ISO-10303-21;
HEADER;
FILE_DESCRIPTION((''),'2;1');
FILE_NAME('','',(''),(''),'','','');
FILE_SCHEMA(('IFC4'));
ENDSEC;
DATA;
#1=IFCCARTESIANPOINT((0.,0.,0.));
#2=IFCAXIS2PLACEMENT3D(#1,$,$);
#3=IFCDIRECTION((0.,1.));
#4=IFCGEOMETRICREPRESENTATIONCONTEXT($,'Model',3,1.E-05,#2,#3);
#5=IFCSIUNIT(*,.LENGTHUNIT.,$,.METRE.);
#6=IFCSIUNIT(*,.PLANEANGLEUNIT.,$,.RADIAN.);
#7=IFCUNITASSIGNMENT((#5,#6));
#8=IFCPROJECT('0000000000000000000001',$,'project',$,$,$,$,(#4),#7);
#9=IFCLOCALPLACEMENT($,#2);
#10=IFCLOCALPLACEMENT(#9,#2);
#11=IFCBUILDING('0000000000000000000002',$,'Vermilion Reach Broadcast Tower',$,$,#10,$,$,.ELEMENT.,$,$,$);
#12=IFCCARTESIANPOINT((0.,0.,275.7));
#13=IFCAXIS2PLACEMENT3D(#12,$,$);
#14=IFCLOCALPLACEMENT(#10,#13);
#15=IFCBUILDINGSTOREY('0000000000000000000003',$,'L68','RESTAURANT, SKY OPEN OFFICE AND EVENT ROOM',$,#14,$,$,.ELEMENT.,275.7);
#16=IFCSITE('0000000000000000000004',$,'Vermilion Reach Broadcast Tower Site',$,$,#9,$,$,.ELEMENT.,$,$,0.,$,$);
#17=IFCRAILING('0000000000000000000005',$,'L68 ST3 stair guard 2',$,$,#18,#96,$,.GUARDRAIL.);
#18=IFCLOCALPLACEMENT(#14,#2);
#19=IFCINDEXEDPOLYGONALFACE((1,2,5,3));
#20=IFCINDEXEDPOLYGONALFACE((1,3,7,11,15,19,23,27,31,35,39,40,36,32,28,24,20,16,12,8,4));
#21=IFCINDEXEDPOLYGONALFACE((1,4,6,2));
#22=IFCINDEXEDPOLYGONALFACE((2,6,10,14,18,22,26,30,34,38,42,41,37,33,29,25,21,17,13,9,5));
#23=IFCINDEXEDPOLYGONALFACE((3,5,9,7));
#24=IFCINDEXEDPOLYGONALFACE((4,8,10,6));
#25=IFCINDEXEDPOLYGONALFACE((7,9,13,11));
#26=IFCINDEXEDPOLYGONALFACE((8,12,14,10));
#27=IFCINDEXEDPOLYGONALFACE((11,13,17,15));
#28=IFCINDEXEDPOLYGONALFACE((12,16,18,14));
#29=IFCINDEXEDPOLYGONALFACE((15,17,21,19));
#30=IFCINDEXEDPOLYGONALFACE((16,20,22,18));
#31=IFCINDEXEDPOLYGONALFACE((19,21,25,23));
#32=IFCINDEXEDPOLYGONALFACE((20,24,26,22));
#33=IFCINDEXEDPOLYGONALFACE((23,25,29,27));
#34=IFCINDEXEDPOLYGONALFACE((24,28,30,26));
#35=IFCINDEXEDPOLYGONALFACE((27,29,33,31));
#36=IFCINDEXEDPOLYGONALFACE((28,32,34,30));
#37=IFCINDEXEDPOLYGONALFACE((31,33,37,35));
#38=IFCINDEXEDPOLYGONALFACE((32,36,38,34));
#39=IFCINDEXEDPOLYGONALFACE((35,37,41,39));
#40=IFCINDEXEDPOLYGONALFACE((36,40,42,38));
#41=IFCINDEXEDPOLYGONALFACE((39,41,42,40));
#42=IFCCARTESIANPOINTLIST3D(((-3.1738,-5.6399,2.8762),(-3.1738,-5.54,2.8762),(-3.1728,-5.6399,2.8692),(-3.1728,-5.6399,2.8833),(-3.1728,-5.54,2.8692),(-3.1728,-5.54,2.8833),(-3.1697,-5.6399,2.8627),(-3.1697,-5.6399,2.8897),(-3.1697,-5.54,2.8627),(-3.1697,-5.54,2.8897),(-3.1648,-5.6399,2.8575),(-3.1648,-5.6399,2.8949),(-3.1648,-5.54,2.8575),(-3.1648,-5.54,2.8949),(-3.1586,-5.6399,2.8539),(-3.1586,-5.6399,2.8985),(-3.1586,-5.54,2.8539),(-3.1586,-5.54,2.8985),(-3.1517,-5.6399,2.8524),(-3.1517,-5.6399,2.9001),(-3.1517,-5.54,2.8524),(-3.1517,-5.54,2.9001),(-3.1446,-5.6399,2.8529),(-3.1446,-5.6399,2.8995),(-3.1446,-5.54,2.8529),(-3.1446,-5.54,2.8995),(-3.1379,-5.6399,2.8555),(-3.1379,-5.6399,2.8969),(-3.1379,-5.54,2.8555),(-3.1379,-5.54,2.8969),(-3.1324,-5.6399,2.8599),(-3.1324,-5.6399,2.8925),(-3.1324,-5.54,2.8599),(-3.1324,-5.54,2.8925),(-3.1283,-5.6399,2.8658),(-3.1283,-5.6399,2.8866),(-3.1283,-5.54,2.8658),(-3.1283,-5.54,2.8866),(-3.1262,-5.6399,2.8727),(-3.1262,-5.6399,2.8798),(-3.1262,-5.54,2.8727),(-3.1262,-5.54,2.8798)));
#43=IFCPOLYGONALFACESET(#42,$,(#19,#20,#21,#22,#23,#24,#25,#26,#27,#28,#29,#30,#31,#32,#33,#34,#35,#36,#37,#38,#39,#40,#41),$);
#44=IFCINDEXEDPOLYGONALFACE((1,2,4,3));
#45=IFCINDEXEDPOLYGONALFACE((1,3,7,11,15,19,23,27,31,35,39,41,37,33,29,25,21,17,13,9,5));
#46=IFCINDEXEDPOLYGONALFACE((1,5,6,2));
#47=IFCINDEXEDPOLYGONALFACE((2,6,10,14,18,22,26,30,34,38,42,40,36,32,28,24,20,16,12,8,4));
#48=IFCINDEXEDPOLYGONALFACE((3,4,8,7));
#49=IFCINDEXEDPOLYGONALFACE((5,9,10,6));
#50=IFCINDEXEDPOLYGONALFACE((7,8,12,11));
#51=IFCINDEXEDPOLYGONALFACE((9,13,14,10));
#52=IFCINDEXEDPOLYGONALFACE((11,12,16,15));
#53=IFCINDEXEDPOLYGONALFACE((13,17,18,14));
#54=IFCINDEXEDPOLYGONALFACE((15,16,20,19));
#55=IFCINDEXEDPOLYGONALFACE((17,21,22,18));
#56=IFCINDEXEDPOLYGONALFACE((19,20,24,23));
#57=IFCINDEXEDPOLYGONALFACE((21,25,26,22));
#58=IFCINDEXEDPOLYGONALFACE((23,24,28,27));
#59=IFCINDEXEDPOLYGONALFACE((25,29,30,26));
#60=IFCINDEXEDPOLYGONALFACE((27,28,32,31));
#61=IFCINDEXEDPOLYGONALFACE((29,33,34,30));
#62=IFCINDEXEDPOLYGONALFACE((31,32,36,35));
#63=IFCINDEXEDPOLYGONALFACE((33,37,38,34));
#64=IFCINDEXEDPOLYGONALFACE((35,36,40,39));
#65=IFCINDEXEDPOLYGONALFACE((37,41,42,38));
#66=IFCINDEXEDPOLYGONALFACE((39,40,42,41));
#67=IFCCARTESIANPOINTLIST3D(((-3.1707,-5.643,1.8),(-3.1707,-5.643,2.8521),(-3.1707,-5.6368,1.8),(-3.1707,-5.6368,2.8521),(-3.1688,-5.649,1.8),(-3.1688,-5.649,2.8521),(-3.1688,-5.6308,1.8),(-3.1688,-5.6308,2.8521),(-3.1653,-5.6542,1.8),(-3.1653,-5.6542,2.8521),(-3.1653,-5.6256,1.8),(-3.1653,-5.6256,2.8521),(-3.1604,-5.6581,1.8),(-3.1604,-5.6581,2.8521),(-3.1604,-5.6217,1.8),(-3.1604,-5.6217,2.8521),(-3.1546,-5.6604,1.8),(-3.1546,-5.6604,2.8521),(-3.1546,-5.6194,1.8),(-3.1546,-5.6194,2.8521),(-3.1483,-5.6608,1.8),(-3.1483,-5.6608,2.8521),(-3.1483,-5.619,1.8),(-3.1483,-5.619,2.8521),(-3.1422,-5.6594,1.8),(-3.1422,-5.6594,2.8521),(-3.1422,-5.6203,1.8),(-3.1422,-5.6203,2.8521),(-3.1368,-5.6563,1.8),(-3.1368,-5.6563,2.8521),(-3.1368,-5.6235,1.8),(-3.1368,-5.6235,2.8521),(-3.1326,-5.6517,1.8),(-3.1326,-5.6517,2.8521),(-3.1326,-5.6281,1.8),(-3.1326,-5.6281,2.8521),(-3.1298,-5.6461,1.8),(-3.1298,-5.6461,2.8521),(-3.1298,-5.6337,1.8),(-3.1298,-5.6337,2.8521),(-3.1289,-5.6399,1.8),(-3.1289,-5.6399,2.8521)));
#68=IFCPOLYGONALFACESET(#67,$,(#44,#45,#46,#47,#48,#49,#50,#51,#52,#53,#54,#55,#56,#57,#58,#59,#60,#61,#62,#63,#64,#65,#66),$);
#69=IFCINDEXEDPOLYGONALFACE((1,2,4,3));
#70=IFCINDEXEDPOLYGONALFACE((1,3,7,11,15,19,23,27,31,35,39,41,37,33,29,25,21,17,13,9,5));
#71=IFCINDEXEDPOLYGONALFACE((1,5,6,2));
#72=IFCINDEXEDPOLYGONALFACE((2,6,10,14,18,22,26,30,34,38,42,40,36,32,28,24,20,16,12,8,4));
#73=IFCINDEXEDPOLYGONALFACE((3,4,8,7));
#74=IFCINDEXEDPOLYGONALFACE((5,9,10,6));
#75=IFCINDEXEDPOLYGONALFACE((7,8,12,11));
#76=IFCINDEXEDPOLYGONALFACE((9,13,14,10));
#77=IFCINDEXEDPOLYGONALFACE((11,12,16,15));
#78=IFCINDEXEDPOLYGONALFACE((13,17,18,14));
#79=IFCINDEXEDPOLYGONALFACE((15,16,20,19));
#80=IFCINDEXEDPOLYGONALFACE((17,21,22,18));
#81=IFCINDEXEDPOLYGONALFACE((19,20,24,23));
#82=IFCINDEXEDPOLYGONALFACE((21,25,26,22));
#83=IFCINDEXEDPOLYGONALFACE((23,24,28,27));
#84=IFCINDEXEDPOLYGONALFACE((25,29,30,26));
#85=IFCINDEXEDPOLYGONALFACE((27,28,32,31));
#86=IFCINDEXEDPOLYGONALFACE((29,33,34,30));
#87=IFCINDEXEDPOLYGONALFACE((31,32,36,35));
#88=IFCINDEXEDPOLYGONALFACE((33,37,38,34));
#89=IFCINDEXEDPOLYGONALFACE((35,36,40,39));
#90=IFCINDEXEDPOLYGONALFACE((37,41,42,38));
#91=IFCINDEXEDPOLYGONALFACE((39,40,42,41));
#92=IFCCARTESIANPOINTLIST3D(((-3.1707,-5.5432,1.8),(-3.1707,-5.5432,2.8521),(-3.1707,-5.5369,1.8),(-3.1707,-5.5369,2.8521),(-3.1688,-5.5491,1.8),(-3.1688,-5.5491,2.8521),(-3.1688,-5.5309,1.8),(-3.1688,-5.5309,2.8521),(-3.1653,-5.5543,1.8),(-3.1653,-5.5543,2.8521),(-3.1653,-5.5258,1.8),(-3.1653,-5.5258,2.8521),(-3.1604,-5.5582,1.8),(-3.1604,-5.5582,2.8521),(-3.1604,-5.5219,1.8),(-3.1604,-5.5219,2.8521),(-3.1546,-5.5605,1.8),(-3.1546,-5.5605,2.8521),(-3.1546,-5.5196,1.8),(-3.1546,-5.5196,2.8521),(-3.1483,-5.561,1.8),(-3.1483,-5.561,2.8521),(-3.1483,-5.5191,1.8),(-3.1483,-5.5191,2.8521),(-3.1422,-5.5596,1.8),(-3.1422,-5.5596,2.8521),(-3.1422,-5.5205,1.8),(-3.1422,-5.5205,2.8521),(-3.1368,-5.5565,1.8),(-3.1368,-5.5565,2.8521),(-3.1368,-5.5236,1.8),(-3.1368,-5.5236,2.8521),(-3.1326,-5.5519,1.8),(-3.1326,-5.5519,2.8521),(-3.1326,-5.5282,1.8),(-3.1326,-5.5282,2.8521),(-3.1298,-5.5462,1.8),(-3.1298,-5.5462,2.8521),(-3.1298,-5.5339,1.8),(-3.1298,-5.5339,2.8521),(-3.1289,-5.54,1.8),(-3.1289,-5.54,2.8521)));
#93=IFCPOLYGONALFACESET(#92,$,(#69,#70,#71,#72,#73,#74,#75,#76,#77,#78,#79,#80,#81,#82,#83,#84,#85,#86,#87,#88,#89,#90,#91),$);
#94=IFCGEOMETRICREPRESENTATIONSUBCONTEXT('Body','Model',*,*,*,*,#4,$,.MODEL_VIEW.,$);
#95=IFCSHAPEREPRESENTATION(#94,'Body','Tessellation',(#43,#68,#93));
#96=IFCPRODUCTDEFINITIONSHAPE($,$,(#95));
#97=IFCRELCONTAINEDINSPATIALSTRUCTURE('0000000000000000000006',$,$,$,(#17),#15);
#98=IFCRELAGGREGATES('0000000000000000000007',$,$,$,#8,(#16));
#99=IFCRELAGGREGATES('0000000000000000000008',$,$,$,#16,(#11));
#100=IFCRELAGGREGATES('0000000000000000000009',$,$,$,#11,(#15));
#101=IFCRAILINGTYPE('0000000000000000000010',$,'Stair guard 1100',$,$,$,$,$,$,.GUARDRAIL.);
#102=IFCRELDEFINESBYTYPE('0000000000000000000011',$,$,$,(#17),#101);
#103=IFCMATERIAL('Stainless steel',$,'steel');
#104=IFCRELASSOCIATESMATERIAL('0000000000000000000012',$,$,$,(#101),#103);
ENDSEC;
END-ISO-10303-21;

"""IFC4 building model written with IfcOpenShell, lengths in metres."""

from ifc_helpers import new_model, si_unit, direction, frame, origin, origin_2d, place, context, subcontext, project, spatial, circle, extrude, material, type_object, element, save


model = new_model("IFC4")

# Units and contexts
model_context = context("Model", 3, precision=1e-05, world=origin(), true_north=direction((0.0, 1.0)))
body_context = subcontext(model_context, "Body", "Model", "MODEL_VIEW")
ifc_project = project(units=[si_unit("LENGTHUNIT", "METRE"), si_unit("PLANEANGLEUNIT", "RADIAN")], contexts=[model_context])

# Site, building, storey
site_placement = place(None, origin())
site = spatial("IfcSite", under=ifc_project, at=site_placement, Name="Vermilion Reach Broadcast Tower Site", CompositionType="ELEMENT", RefElevation=0.0)
building_placement = place(site_placement, origin())
building = spatial("IfcBuilding", under=site, at=building_placement, Name="Vermilion Reach Broadcast Tower", CompositionType="ELEMENT")
storey_placement = place(building_placement, frame((0.0, 0.0, 275.7)))
storey = spatial("IfcBuildingStorey", under=building, at=storey_placement, Name="L68", Description="RESTAURANT, SKY OPEN OFFICE AND EVENT ROOM", CompositionType="ELEMENT", Elevation=275.7)

# Railing
ifc_material_1 = material(Name="Stainless steel", Category="steel")
railing_type_1 = type_object("IfcRailingType", Name="Stair guard 1100", PredefinedType="GUARDRAIL", material=ifc_material_1)
railing_1_placement = place(storey_placement, frame((-3.1499, -5.6399, 1.8)))
element("IfcRailing", 1, at=railing_1_placement, inside=storey, type_object=railing_type_1, Name="L68 ST3 stair guard 2", PredefinedType="GUARDRAIL", context=body_context, shape_type="SweptSolid", body=[
    extrude(circle(Radius=0.0239, at=origin_2d()), frame((0.0, 0.0, 1.0762), z_axis=(0.0, 1.0, 0.0), x_axis=(-1.0, 0.0, 0.0)), (0.0, 0.0, 1.0), 0.0999),
    extrude(circle(Radius=0.021, at=origin_2d()), origin(), (0.0, 0.0, 1.0), 1.052),
    extrude(circle(Radius=0.021, at=origin_2d()), frame((0.0, 0.0999, 0.0)), (0.0, 0.0, 1.0), 1.052),
])

save(model, "model.ifc")
